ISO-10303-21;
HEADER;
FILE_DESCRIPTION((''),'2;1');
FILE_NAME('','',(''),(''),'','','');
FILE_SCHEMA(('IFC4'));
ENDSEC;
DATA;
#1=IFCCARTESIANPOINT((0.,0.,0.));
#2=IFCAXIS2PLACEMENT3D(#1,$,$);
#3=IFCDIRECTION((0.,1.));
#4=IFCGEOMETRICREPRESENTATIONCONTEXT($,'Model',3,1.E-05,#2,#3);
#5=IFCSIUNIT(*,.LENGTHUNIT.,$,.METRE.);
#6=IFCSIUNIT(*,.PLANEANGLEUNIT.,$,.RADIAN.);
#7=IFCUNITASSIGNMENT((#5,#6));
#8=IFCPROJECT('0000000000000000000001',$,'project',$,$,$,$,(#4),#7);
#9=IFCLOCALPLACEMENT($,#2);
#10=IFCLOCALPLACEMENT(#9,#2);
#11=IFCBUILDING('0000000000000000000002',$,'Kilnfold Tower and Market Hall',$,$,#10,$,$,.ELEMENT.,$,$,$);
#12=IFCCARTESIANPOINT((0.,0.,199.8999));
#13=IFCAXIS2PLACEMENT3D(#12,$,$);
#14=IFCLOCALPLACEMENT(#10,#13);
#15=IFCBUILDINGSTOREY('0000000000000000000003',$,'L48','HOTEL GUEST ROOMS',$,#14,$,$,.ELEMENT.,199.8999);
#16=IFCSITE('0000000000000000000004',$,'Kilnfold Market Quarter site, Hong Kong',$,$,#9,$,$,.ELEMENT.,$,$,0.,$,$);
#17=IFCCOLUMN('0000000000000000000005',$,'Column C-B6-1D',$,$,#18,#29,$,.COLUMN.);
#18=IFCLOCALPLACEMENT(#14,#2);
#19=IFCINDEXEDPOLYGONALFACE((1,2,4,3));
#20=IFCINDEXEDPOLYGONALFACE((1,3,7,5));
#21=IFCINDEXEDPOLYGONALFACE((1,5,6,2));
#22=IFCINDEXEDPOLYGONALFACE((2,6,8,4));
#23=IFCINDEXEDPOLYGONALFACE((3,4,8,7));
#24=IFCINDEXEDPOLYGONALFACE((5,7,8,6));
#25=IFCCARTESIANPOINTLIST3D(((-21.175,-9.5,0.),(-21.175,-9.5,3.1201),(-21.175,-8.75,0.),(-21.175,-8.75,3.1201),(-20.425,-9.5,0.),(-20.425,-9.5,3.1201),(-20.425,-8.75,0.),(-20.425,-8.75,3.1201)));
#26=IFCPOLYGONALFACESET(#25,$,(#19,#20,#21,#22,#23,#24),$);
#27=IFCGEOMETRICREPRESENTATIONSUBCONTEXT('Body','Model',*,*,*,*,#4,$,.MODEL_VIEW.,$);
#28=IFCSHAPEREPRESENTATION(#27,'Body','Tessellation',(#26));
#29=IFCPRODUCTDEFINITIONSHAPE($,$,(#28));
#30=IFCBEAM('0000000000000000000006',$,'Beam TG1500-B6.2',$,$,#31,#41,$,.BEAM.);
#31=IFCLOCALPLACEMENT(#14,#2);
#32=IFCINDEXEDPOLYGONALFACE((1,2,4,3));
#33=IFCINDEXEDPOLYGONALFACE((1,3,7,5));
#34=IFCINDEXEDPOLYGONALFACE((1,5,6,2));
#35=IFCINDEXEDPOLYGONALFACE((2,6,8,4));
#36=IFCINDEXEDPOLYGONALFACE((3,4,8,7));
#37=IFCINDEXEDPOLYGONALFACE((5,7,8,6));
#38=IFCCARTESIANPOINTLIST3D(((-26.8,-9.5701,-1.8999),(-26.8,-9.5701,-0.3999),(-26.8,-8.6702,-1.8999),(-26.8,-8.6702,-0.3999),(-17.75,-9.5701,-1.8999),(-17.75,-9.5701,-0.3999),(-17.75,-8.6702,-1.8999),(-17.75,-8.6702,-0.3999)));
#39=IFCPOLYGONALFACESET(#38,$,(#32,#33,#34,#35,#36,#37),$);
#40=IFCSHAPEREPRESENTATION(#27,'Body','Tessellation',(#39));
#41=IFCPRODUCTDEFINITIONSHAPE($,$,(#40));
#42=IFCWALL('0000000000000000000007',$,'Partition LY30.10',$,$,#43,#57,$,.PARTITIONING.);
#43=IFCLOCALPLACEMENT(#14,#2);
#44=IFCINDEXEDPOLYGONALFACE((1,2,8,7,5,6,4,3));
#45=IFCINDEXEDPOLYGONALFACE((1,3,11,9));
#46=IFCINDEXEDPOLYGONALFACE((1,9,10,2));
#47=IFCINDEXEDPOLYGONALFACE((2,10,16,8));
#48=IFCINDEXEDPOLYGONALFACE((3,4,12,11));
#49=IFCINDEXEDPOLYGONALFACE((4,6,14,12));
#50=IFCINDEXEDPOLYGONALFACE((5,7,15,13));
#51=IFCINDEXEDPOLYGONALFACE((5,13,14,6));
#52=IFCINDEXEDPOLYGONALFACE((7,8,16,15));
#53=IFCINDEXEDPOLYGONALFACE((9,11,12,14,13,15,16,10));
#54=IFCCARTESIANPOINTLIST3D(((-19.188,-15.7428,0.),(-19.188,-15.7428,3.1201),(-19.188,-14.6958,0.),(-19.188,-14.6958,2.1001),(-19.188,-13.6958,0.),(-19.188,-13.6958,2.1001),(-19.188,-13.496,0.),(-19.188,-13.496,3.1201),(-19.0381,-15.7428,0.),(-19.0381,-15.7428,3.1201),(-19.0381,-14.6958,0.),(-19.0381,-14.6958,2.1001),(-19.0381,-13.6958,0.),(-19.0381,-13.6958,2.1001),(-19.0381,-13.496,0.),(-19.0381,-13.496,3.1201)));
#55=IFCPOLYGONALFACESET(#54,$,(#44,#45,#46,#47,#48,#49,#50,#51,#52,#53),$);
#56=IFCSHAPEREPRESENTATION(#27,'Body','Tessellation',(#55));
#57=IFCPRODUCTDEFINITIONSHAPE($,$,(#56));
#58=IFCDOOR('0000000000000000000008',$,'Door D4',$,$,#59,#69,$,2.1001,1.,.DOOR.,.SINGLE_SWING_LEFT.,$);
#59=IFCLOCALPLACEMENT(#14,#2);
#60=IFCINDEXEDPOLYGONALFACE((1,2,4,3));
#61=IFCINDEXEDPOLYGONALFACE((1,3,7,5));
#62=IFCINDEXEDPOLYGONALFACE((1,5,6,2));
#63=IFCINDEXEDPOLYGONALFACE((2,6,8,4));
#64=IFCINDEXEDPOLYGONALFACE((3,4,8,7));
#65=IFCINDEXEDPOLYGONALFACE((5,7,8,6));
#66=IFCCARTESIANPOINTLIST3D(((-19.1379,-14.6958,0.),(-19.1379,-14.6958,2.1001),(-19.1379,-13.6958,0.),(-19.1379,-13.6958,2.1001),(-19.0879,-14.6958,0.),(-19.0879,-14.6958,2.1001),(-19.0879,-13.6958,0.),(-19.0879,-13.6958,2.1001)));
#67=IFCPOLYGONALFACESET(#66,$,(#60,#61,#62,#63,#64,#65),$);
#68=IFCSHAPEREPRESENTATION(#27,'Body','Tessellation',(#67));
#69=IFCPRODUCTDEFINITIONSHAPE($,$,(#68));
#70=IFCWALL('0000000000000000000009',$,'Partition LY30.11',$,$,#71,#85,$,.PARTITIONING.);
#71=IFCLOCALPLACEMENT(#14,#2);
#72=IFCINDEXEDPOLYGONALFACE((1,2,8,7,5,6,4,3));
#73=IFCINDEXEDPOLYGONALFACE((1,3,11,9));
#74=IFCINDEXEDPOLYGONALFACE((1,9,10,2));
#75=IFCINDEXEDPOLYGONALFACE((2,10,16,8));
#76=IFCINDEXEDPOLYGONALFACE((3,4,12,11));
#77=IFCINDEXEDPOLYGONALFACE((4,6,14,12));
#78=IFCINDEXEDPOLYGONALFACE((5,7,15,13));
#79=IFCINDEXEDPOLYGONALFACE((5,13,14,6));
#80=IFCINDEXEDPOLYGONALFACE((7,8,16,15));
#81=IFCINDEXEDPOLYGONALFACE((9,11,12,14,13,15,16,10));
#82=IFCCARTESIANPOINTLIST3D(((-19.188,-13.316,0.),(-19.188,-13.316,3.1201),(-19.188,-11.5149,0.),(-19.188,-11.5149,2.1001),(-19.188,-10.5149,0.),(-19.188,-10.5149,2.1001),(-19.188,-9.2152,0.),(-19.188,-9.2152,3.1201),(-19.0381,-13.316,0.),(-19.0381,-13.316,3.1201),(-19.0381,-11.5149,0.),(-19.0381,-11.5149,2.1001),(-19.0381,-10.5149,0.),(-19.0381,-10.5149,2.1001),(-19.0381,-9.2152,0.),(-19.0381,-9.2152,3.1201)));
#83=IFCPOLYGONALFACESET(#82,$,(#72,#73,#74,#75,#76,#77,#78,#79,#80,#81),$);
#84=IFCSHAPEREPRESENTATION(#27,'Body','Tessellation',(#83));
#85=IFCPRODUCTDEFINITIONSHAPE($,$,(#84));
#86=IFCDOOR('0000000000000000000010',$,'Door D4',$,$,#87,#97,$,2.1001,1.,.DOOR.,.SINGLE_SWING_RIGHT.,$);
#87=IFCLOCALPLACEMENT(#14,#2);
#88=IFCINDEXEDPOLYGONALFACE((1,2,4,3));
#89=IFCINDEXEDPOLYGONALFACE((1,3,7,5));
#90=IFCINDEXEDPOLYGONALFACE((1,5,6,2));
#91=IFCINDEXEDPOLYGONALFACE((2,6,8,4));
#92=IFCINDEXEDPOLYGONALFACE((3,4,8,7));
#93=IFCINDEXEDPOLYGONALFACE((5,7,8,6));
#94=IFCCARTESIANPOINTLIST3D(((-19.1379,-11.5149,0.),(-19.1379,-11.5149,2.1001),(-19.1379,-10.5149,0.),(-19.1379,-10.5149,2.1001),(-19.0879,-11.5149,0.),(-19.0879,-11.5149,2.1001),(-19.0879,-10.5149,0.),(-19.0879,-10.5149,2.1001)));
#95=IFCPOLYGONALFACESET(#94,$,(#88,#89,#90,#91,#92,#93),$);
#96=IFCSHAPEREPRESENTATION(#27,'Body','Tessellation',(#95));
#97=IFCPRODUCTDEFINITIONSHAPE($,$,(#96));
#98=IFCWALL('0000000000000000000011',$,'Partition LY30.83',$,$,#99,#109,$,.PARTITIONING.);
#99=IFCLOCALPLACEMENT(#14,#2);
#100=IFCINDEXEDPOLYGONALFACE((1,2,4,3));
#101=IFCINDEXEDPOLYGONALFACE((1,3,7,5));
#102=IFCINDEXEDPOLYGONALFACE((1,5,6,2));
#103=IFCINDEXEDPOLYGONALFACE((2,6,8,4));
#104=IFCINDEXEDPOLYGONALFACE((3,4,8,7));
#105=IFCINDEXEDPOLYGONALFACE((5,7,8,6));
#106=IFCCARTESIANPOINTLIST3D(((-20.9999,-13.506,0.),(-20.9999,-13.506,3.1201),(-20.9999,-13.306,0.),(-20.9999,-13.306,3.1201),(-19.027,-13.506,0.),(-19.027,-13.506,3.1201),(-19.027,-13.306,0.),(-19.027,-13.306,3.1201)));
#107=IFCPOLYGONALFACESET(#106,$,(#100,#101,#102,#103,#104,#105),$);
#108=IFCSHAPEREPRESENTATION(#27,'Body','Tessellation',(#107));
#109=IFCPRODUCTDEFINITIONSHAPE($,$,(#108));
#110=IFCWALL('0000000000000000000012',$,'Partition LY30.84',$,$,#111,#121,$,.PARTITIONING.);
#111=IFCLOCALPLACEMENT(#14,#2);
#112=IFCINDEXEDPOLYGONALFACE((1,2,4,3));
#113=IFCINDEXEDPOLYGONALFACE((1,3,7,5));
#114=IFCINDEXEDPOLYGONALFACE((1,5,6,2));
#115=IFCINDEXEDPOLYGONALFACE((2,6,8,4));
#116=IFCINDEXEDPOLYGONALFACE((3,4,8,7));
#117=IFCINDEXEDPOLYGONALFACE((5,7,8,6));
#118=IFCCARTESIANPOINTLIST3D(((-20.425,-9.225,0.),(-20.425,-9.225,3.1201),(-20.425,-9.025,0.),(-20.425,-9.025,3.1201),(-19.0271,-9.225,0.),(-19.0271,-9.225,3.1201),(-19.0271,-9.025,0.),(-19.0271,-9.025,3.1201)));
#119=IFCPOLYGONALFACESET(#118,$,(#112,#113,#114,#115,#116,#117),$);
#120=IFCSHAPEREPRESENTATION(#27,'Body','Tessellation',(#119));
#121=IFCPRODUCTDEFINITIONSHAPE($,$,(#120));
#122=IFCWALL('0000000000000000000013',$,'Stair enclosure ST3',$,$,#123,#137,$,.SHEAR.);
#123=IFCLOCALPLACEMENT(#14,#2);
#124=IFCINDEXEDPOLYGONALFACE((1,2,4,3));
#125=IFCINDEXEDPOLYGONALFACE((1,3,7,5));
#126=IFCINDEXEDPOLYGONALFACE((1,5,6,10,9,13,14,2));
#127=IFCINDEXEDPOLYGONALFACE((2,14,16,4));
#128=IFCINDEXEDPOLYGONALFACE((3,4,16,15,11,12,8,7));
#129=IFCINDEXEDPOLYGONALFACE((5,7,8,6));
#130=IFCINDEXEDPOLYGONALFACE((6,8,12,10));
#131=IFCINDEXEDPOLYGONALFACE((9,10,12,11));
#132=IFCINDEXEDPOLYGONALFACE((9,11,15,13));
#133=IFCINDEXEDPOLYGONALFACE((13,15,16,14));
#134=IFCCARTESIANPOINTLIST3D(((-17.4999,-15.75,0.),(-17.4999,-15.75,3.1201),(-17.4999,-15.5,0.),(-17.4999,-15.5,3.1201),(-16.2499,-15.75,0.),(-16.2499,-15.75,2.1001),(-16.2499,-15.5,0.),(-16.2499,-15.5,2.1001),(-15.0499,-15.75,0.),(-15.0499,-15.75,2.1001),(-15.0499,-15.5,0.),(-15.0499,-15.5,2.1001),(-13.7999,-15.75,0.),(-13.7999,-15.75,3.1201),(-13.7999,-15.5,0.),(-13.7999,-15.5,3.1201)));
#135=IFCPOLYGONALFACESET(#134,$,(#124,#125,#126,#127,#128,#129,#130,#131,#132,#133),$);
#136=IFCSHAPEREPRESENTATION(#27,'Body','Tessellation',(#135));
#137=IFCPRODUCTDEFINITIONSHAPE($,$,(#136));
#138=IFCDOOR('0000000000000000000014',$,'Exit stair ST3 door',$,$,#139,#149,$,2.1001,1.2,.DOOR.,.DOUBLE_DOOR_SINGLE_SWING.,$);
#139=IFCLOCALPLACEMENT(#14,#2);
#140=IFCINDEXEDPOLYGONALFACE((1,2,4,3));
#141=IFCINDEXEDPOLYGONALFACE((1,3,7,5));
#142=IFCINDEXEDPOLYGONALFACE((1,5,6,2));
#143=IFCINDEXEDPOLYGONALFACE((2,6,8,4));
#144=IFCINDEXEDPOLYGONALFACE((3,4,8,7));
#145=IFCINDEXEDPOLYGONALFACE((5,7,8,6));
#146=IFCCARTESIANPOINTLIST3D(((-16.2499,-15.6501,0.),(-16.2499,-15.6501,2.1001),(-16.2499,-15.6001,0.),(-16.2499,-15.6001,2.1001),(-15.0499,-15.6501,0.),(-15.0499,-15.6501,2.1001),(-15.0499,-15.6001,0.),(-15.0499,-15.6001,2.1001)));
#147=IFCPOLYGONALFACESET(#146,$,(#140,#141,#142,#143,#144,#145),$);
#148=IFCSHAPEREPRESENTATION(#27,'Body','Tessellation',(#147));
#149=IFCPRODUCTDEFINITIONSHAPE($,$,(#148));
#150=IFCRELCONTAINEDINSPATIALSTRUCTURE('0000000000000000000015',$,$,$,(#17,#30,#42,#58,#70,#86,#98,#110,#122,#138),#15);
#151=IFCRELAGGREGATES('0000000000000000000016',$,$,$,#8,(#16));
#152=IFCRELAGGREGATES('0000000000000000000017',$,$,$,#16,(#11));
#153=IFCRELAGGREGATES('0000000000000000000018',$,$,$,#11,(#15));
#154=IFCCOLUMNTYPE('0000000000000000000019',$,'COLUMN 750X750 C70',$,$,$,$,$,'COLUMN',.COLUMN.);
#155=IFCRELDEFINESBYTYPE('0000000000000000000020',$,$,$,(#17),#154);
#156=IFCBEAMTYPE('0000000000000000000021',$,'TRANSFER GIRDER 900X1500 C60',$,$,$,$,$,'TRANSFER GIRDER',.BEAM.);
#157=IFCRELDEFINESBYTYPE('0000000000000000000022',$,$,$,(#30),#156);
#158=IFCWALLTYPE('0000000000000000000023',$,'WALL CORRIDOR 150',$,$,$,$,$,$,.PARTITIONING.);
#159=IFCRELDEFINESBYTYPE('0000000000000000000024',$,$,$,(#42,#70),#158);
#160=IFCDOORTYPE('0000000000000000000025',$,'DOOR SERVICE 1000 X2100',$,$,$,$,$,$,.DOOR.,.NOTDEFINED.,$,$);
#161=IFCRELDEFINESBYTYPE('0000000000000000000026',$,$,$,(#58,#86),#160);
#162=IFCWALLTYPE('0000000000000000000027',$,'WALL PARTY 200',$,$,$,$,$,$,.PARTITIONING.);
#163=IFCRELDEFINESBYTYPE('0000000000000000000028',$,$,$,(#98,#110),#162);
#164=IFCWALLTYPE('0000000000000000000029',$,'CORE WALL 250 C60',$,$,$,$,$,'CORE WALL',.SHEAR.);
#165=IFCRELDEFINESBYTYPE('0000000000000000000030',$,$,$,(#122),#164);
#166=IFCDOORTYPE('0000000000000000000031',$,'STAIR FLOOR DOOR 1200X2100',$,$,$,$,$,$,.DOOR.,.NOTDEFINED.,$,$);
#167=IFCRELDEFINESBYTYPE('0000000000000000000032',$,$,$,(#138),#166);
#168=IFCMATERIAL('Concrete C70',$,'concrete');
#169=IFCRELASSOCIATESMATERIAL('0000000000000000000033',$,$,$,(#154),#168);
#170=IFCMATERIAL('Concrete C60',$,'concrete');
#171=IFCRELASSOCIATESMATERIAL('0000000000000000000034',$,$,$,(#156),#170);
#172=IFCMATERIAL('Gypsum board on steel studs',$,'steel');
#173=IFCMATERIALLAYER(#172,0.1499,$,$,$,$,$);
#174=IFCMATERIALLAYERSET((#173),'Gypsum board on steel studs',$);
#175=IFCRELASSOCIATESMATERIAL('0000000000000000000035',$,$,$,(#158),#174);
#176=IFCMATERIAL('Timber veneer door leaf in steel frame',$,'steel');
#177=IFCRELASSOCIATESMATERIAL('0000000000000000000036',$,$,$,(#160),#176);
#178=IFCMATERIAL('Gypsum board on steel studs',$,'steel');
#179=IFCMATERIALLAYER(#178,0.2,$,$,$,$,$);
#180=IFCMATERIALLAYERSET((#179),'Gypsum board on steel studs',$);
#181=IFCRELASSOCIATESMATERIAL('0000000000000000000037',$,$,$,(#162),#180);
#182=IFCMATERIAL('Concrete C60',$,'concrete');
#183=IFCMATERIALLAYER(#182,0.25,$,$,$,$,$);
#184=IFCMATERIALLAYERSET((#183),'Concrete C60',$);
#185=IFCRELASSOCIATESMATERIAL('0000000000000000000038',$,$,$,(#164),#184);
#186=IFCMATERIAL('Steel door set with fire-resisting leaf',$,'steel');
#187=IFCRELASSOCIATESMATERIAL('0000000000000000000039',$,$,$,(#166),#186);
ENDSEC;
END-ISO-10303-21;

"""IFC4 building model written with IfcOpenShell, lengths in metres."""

from ifc_helpers import new_model, si_unit, direction, frame, frame_2d, origin, origin_2d, place, context, subcontext, project, spatial, rectangle, extrude, source, transform, mapped, material, layer, layer_set, material_profile, profile_set, type_object, element, fill, save


model = new_model("IFC4")

# Units and contexts
model_context = context("Model", 3, precision=1e-05, world=origin(), true_north=direction((0.0, 1.0)))
body_context = subcontext(model_context, "Body", "Model", "MODEL_VIEW")
ifc_project = project(units=[si_unit("LENGTHUNIT", "METRE"), si_unit("PLANEANGLEUNIT", "RADIAN")], contexts=[model_context])

# Site, building, storey
site_placement = place(None, origin())
site = spatial("IfcSite", under=ifc_project, at=site_placement, Name="Kilnfold Market Quarter site, Hong Kong", CompositionType="ELEMENT", RefElevation=0.0)
building_placement = place(site_placement, origin())
building = spatial("IfcBuilding", under=site, at=building_placement, Name="Kilnfold Tower and Market Hall", CompositionType="ELEMENT")
storey_placement = place(building_placement, frame((0.0, 0.0, 199.8999)))
storey = spatial("IfcBuildingStorey", under=building, at=storey_placement, Name="L48", Description="HOTEL GUEST ROOMS", CompositionType="ELEMENT", Elevation=199.8999)

# Column
ifc_material_1 = material(Name="Concrete C70", Category="concrete")
ifc_material_profile_1 = material_profile(ifc_material_1, rectangle(XDim=0.75, YDim=0.75, at=origin_2d()), Name="RC 750x750")
ifc_profile_set_1 = profile_set([ifc_material_profile_1], Name="Concrete C70")
column_type = type_object("IfcColumnType", Name="COLUMN 750X750 C70", ElementType="COLUMN", PredefinedType="COLUMN", material=ifc_profile_set_1)
shared_shape_1 = source(origin(), body_context, "Body", "SweptSolid", [
    extrude(rectangle(XDim=0.75, YDim=0.75, at=origin_2d()), origin(), (0.0, 0.0, 1.0), 3.1201),
])
column_placement = place(storey_placement, frame((-20.8, -9.125, 0.0), z_axis=(0.0, 0.0, 1.0), x_axis=(1.0, 0.0, 0.0)))
element("IfcColumn", 1, at=column_placement, inside=storey, type_object=column_type, Name="Column C-B6-1D", PredefinedType="COLUMN", context=body_context, shape_type="MappedRepresentation", body=[
    mapped(shared_shape_1, transform((0.0, 0.0, 0.0))),
])

# Beam
ifc_material_2 = material(Name="Concrete C60", Category="concrete")
ifc_material_profile_2 = material_profile(ifc_material_2, rectangle(XDim=0.8999, YDim=1.5, at=origin_2d()), Name="RC 900x1500")
ifc_profile_set_2 = profile_set([ifc_material_profile_2], Name="Concrete C60")
beam_type = type_object("IfcBeamType", Name="TRANSFER GIRDER 900X1500 C60", ElementType="TRANSFER GIRDER", PredefinedType="BEAM", material=ifc_profile_set_2)
shared_shape_2 = source(origin(), body_context, "Body", "SweptSolid", [
    extrude(rectangle(XDim=0.8999, YDim=1.5, at=origin_2d()), origin(), (0.0, 0.0, 1.0), 9.05),
])
beam_placement = place(storey_placement, frame((-26.8, -9.1201, -1.1499), z_axis=(1.0, 0.0, 0.0), x_axis=(0.0, 1.0, 0.0)))
element("IfcBeam", 2, at=beam_placement, inside=storey, type_object=beam_type, Name="Beam TG1500-B6.2", PredefinedType="BEAM", context=body_context, shape_type="MappedRepresentation", body=[
    mapped(shared_shape_2, transform((0.0, 0.0, 0.0))),
])

# Walls, openings, doors
ifc_material_3 = material(Name="Gypsum board on steel studs", Category="steel")
ifc_layer_1 = layer(ifc_material_3, 0.1499)
ifc_layer_set_1 = layer_set([ifc_layer_1], Name="Gypsum board on steel studs")
wall_type_1 = type_object("IfcWallType", Name="WALL CORRIDOR 150", PredefinedType="PARTITIONING", material=ifc_layer_set_1)
wall_1_placement = place(storey_placement, frame((-19.113, -15.7429, 0.0), z_axis=(0.0, 0.0, 1.0), x_axis=(0.0, 1.0, 0.0)))
wall_1 = element("IfcWall", 3, at=wall_1_placement, inside=storey, type_object=wall_type_1, Name="Partition LY30.10", PredefinedType="PARTITIONING", context=body_context, shape_type="SweptSolid", body=[
    extrude(rectangle(XDim=2.2468, YDim=0.1499, at=frame_2d((1.1235, 0.0))), origin(), (0.0, 0.0, 1.0), 3.1201),
])
opening_1_placement = place(wall_1_placement, frame((1.0471, 0.0, 0.0)))
opening_1 = element("IfcOpeningElement", 4, at=opening_1_placement, cuts=wall_1, PredefinedType="OPENING", context=body_context, shape_type="SweptSolid", body=[
    extrude(rectangle(XDim=1.0, YDim=2.1001, at=frame_2d((0.5, 1.05))), frame((0.0, 0.085, 0.0), z_axis=(0.0, -1.0, 0.0), x_axis=(1.0, 0.0, 0.0)), (0.0, 0.0, 1.0), 0.1699),
])
ifc_material_4 = material(Name="Timber veneer door leaf in steel frame", Category="steel")
door_type_1 = type_object("IfcDoorType", Name="DOOR SERVICE 1000 X2100", OperationType="NOTDEFINED", PredefinedType="DOOR", material=ifc_material_4)
door_1_placement = place(opening_1_placement, origin())
door_1 = element("IfcDoor", 5, at=door_1_placement, inside=storey, type_object=door_type_1, Name="Door D4", OperationType="SINGLE_SWING_LEFT", OverallHeight=2.1001, OverallWidth=1.0, PredefinedType="DOOR", context=body_context, shape_type="SweptSolid", body=[
    extrude(rectangle(XDim=1.0, YDim=2.1001, at=frame_2d((0.5, 1.05))), frame((0.0, 0.0249, 0.0), z_axis=(0.0, -1.0, 0.0), x_axis=(1.0, 0.0, 0.0)), (0.0, 0.0, 1.0), 0.05),
])
fill(opening_1, door_1)
wall_2_placement = place(storey_placement, frame((-19.113, -13.3159, 0.0), z_axis=(0.0, 0.0, 1.0), x_axis=(0.0, 1.0, 0.0)))
wall_2 = element("IfcWall", 6, at=wall_2_placement, inside=storey, type_object=wall_type_1, Name="Partition LY30.11", PredefinedType="PARTITIONING", context=body_context, shape_type="SweptSolid", body=[
    extrude(rectangle(XDim=4.1008, YDim=0.1499, at=frame_2d((2.0503, 0.0))), origin(), (0.0, 0.0, 1.0), 3.1201),
])
opening_2_placement = place(wall_2_placement, frame((1.801, 0.0, 0.0)))
opening_2 = element("IfcOpeningElement", 7, at=opening_2_placement, cuts=wall_2, PredefinedType="OPENING", context=body_context, shape_type="SweptSolid", body=[
    extrude(rectangle(XDim=1.0, YDim=2.1001, at=frame_2d((0.5, 1.05))), frame((0.0, 0.085, 0.0), z_axis=(0.0, -1.0, 0.0), x_axis=(1.0, 0.0, 0.0)), (0.0, 0.0, 1.0), 0.1699),
])
door_2_placement = place(opening_2_placement, origin())
door_2 = element("IfcDoor", 8, at=door_2_placement, inside=storey, type_object=door_type_1, Name="Door D4", OperationType="SINGLE_SWING_RIGHT", OverallHeight=2.1001, OverallWidth=1.0, PredefinedType="DOOR", context=body_context, shape_type="SweptSolid", body=[
    extrude(rectangle(XDim=1.0, YDim=2.1001, at=frame_2d((0.5, 1.05))), frame((0.0, 0.0249, 0.0), z_axis=(0.0, -1.0, 0.0), x_axis=(1.0, 0.0, 0.0)), (0.0, 0.0, 1.0), 0.05),
])
fill(opening_2, door_2)

# Walls
ifc_material_5 = material(Name="Gypsum board on steel studs", Category="steel")
ifc_layer_2 = layer(ifc_material_5, 0.2)
ifc_layer_set_2 = layer_set([ifc_layer_2], Name="Gypsum board on steel studs")
wall_type_2 = type_object("IfcWallType", Name="WALL PARTY 200", PredefinedType="PARTITIONING", material=ifc_layer_set_2)
wall_3_placement = place(storey_placement, frame((-19.0271, -13.406, 0.0), z_axis=(0.0, 0.0, 1.0), x_axis=(-1.0, 0.0, 0.0)))
element("IfcWall", 9, at=wall_3_placement, inside=storey, type_object=wall_type_2, Name="Partition LY30.83", PredefinedType="PARTITIONING", context=body_context, shape_type="SweptSolid", body=[
    extrude(rectangle(XDim=1.9729, YDim=0.2, at=frame_2d((0.9863, 0.0))), origin(), (0.0, 0.0, 1.0), 3.1201),
])
wall_4_placement = place(storey_placement, frame((-20.425, -9.125, 0.0), z_axis=(0.0, 0.0, 1.0), x_axis=(1.0, 0.0, 0.0)))
element("IfcWall", 10, at=wall_4_placement, inside=storey, type_object=wall_type_2, Name="Partition LY30.84", PredefinedType="PARTITIONING", context=body_context, shape_type="SweptSolid", body=[
    extrude(rectangle(XDim=1.3979, YDim=0.2, at=frame_2d((0.699, 0.0))), origin(), (0.0, 0.0, 1.0), 3.1201),
])

# Wall, opening, door
ifc_material_6 = material(Name="Concrete C60", Category="concrete")
ifc_layer_3 = layer(ifc_material_6, 0.25)
ifc_layer_set_3 = layer_set([ifc_layer_3], Name="Concrete C60")
wall_type_3 = type_object("IfcWallType", Name="CORE WALL 250 C60", ElementType="CORE WALL", PredefinedType="SHEAR", material=ifc_layer_set_3)
shared_shape_3 = source(origin(), body_context, "Body", "SweptSolid", [
    extrude(rectangle(XDim=3.7, YDim=0.25, at=frame_2d((1.8501, 0.0))), origin(), (0.0, 0.0, 1.0), 3.1201),
])
wall_5_placement = place(storey_placement, frame((-17.5, -15.625, 0.0), z_axis=(0.0, 0.0, 1.0), x_axis=(1.0, 0.0, 0.0)))
wall_5 = element("IfcWall", 11, at=wall_5_placement, inside=storey, type_object=wall_type_3, Name="Stair enclosure ST3", PredefinedType="SHEAR", context=body_context, shape_type="MappedRepresentation", body=[
    mapped(shared_shape_3, transform((0.0, 0.0, 0.0))),
])
opening_3_placement = place(wall_5_placement, frame((1.25, 0.0, 0.0)))
opening_3 = element("IfcOpeningElement", 12, at=opening_3_placement, cuts=wall_5, PredefinedType="OPENING", context=body_context, shape_type="SweptSolid", body=[
    extrude(rectangle(XDim=1.2, YDim=2.1001, at=frame_2d((0.6001, 1.05))), frame((0.0, 0.135, 0.0), z_axis=(0.0, -1.0, 0.0), x_axis=(1.0, 0.0, 0.0)), (0.0, 0.0, 1.0), 0.27),
])
ifc_material_7 = material(Name="Steel door set with fire-resisting leaf", Category="steel")
door_type_2 = type_object("IfcDoorType", Name="STAIR FLOOR DOOR 1200X2100", OperationType="NOTDEFINED", PredefinedType="DOOR", material=ifc_material_7)
door_3_placement = place(opening_3_placement, origin())
door_3 = element("IfcDoor", 13, at=door_3_placement, inside=storey, type_object=door_type_2, Name="Exit stair ST3 door", OperationType="DOUBLE_DOOR_SINGLE_SWING", OverallHeight=2.1001, OverallWidth=1.2, PredefinedType="DOOR", context=body_context, shape_type="SweptSolid", body=[
    extrude(rectangle(XDim=1.2, YDim=2.1001, at=frame_2d((0.6001, 1.05))), frame((0.0, 0.0249, 0.0), z_axis=(0.0, -1.0, 0.0), x_axis=(1.0, 0.0, 0.0)), (0.0, 0.0, 1.0), 0.05),
])
fill(opening_3, door_3)

save(model, "model.ifc")
